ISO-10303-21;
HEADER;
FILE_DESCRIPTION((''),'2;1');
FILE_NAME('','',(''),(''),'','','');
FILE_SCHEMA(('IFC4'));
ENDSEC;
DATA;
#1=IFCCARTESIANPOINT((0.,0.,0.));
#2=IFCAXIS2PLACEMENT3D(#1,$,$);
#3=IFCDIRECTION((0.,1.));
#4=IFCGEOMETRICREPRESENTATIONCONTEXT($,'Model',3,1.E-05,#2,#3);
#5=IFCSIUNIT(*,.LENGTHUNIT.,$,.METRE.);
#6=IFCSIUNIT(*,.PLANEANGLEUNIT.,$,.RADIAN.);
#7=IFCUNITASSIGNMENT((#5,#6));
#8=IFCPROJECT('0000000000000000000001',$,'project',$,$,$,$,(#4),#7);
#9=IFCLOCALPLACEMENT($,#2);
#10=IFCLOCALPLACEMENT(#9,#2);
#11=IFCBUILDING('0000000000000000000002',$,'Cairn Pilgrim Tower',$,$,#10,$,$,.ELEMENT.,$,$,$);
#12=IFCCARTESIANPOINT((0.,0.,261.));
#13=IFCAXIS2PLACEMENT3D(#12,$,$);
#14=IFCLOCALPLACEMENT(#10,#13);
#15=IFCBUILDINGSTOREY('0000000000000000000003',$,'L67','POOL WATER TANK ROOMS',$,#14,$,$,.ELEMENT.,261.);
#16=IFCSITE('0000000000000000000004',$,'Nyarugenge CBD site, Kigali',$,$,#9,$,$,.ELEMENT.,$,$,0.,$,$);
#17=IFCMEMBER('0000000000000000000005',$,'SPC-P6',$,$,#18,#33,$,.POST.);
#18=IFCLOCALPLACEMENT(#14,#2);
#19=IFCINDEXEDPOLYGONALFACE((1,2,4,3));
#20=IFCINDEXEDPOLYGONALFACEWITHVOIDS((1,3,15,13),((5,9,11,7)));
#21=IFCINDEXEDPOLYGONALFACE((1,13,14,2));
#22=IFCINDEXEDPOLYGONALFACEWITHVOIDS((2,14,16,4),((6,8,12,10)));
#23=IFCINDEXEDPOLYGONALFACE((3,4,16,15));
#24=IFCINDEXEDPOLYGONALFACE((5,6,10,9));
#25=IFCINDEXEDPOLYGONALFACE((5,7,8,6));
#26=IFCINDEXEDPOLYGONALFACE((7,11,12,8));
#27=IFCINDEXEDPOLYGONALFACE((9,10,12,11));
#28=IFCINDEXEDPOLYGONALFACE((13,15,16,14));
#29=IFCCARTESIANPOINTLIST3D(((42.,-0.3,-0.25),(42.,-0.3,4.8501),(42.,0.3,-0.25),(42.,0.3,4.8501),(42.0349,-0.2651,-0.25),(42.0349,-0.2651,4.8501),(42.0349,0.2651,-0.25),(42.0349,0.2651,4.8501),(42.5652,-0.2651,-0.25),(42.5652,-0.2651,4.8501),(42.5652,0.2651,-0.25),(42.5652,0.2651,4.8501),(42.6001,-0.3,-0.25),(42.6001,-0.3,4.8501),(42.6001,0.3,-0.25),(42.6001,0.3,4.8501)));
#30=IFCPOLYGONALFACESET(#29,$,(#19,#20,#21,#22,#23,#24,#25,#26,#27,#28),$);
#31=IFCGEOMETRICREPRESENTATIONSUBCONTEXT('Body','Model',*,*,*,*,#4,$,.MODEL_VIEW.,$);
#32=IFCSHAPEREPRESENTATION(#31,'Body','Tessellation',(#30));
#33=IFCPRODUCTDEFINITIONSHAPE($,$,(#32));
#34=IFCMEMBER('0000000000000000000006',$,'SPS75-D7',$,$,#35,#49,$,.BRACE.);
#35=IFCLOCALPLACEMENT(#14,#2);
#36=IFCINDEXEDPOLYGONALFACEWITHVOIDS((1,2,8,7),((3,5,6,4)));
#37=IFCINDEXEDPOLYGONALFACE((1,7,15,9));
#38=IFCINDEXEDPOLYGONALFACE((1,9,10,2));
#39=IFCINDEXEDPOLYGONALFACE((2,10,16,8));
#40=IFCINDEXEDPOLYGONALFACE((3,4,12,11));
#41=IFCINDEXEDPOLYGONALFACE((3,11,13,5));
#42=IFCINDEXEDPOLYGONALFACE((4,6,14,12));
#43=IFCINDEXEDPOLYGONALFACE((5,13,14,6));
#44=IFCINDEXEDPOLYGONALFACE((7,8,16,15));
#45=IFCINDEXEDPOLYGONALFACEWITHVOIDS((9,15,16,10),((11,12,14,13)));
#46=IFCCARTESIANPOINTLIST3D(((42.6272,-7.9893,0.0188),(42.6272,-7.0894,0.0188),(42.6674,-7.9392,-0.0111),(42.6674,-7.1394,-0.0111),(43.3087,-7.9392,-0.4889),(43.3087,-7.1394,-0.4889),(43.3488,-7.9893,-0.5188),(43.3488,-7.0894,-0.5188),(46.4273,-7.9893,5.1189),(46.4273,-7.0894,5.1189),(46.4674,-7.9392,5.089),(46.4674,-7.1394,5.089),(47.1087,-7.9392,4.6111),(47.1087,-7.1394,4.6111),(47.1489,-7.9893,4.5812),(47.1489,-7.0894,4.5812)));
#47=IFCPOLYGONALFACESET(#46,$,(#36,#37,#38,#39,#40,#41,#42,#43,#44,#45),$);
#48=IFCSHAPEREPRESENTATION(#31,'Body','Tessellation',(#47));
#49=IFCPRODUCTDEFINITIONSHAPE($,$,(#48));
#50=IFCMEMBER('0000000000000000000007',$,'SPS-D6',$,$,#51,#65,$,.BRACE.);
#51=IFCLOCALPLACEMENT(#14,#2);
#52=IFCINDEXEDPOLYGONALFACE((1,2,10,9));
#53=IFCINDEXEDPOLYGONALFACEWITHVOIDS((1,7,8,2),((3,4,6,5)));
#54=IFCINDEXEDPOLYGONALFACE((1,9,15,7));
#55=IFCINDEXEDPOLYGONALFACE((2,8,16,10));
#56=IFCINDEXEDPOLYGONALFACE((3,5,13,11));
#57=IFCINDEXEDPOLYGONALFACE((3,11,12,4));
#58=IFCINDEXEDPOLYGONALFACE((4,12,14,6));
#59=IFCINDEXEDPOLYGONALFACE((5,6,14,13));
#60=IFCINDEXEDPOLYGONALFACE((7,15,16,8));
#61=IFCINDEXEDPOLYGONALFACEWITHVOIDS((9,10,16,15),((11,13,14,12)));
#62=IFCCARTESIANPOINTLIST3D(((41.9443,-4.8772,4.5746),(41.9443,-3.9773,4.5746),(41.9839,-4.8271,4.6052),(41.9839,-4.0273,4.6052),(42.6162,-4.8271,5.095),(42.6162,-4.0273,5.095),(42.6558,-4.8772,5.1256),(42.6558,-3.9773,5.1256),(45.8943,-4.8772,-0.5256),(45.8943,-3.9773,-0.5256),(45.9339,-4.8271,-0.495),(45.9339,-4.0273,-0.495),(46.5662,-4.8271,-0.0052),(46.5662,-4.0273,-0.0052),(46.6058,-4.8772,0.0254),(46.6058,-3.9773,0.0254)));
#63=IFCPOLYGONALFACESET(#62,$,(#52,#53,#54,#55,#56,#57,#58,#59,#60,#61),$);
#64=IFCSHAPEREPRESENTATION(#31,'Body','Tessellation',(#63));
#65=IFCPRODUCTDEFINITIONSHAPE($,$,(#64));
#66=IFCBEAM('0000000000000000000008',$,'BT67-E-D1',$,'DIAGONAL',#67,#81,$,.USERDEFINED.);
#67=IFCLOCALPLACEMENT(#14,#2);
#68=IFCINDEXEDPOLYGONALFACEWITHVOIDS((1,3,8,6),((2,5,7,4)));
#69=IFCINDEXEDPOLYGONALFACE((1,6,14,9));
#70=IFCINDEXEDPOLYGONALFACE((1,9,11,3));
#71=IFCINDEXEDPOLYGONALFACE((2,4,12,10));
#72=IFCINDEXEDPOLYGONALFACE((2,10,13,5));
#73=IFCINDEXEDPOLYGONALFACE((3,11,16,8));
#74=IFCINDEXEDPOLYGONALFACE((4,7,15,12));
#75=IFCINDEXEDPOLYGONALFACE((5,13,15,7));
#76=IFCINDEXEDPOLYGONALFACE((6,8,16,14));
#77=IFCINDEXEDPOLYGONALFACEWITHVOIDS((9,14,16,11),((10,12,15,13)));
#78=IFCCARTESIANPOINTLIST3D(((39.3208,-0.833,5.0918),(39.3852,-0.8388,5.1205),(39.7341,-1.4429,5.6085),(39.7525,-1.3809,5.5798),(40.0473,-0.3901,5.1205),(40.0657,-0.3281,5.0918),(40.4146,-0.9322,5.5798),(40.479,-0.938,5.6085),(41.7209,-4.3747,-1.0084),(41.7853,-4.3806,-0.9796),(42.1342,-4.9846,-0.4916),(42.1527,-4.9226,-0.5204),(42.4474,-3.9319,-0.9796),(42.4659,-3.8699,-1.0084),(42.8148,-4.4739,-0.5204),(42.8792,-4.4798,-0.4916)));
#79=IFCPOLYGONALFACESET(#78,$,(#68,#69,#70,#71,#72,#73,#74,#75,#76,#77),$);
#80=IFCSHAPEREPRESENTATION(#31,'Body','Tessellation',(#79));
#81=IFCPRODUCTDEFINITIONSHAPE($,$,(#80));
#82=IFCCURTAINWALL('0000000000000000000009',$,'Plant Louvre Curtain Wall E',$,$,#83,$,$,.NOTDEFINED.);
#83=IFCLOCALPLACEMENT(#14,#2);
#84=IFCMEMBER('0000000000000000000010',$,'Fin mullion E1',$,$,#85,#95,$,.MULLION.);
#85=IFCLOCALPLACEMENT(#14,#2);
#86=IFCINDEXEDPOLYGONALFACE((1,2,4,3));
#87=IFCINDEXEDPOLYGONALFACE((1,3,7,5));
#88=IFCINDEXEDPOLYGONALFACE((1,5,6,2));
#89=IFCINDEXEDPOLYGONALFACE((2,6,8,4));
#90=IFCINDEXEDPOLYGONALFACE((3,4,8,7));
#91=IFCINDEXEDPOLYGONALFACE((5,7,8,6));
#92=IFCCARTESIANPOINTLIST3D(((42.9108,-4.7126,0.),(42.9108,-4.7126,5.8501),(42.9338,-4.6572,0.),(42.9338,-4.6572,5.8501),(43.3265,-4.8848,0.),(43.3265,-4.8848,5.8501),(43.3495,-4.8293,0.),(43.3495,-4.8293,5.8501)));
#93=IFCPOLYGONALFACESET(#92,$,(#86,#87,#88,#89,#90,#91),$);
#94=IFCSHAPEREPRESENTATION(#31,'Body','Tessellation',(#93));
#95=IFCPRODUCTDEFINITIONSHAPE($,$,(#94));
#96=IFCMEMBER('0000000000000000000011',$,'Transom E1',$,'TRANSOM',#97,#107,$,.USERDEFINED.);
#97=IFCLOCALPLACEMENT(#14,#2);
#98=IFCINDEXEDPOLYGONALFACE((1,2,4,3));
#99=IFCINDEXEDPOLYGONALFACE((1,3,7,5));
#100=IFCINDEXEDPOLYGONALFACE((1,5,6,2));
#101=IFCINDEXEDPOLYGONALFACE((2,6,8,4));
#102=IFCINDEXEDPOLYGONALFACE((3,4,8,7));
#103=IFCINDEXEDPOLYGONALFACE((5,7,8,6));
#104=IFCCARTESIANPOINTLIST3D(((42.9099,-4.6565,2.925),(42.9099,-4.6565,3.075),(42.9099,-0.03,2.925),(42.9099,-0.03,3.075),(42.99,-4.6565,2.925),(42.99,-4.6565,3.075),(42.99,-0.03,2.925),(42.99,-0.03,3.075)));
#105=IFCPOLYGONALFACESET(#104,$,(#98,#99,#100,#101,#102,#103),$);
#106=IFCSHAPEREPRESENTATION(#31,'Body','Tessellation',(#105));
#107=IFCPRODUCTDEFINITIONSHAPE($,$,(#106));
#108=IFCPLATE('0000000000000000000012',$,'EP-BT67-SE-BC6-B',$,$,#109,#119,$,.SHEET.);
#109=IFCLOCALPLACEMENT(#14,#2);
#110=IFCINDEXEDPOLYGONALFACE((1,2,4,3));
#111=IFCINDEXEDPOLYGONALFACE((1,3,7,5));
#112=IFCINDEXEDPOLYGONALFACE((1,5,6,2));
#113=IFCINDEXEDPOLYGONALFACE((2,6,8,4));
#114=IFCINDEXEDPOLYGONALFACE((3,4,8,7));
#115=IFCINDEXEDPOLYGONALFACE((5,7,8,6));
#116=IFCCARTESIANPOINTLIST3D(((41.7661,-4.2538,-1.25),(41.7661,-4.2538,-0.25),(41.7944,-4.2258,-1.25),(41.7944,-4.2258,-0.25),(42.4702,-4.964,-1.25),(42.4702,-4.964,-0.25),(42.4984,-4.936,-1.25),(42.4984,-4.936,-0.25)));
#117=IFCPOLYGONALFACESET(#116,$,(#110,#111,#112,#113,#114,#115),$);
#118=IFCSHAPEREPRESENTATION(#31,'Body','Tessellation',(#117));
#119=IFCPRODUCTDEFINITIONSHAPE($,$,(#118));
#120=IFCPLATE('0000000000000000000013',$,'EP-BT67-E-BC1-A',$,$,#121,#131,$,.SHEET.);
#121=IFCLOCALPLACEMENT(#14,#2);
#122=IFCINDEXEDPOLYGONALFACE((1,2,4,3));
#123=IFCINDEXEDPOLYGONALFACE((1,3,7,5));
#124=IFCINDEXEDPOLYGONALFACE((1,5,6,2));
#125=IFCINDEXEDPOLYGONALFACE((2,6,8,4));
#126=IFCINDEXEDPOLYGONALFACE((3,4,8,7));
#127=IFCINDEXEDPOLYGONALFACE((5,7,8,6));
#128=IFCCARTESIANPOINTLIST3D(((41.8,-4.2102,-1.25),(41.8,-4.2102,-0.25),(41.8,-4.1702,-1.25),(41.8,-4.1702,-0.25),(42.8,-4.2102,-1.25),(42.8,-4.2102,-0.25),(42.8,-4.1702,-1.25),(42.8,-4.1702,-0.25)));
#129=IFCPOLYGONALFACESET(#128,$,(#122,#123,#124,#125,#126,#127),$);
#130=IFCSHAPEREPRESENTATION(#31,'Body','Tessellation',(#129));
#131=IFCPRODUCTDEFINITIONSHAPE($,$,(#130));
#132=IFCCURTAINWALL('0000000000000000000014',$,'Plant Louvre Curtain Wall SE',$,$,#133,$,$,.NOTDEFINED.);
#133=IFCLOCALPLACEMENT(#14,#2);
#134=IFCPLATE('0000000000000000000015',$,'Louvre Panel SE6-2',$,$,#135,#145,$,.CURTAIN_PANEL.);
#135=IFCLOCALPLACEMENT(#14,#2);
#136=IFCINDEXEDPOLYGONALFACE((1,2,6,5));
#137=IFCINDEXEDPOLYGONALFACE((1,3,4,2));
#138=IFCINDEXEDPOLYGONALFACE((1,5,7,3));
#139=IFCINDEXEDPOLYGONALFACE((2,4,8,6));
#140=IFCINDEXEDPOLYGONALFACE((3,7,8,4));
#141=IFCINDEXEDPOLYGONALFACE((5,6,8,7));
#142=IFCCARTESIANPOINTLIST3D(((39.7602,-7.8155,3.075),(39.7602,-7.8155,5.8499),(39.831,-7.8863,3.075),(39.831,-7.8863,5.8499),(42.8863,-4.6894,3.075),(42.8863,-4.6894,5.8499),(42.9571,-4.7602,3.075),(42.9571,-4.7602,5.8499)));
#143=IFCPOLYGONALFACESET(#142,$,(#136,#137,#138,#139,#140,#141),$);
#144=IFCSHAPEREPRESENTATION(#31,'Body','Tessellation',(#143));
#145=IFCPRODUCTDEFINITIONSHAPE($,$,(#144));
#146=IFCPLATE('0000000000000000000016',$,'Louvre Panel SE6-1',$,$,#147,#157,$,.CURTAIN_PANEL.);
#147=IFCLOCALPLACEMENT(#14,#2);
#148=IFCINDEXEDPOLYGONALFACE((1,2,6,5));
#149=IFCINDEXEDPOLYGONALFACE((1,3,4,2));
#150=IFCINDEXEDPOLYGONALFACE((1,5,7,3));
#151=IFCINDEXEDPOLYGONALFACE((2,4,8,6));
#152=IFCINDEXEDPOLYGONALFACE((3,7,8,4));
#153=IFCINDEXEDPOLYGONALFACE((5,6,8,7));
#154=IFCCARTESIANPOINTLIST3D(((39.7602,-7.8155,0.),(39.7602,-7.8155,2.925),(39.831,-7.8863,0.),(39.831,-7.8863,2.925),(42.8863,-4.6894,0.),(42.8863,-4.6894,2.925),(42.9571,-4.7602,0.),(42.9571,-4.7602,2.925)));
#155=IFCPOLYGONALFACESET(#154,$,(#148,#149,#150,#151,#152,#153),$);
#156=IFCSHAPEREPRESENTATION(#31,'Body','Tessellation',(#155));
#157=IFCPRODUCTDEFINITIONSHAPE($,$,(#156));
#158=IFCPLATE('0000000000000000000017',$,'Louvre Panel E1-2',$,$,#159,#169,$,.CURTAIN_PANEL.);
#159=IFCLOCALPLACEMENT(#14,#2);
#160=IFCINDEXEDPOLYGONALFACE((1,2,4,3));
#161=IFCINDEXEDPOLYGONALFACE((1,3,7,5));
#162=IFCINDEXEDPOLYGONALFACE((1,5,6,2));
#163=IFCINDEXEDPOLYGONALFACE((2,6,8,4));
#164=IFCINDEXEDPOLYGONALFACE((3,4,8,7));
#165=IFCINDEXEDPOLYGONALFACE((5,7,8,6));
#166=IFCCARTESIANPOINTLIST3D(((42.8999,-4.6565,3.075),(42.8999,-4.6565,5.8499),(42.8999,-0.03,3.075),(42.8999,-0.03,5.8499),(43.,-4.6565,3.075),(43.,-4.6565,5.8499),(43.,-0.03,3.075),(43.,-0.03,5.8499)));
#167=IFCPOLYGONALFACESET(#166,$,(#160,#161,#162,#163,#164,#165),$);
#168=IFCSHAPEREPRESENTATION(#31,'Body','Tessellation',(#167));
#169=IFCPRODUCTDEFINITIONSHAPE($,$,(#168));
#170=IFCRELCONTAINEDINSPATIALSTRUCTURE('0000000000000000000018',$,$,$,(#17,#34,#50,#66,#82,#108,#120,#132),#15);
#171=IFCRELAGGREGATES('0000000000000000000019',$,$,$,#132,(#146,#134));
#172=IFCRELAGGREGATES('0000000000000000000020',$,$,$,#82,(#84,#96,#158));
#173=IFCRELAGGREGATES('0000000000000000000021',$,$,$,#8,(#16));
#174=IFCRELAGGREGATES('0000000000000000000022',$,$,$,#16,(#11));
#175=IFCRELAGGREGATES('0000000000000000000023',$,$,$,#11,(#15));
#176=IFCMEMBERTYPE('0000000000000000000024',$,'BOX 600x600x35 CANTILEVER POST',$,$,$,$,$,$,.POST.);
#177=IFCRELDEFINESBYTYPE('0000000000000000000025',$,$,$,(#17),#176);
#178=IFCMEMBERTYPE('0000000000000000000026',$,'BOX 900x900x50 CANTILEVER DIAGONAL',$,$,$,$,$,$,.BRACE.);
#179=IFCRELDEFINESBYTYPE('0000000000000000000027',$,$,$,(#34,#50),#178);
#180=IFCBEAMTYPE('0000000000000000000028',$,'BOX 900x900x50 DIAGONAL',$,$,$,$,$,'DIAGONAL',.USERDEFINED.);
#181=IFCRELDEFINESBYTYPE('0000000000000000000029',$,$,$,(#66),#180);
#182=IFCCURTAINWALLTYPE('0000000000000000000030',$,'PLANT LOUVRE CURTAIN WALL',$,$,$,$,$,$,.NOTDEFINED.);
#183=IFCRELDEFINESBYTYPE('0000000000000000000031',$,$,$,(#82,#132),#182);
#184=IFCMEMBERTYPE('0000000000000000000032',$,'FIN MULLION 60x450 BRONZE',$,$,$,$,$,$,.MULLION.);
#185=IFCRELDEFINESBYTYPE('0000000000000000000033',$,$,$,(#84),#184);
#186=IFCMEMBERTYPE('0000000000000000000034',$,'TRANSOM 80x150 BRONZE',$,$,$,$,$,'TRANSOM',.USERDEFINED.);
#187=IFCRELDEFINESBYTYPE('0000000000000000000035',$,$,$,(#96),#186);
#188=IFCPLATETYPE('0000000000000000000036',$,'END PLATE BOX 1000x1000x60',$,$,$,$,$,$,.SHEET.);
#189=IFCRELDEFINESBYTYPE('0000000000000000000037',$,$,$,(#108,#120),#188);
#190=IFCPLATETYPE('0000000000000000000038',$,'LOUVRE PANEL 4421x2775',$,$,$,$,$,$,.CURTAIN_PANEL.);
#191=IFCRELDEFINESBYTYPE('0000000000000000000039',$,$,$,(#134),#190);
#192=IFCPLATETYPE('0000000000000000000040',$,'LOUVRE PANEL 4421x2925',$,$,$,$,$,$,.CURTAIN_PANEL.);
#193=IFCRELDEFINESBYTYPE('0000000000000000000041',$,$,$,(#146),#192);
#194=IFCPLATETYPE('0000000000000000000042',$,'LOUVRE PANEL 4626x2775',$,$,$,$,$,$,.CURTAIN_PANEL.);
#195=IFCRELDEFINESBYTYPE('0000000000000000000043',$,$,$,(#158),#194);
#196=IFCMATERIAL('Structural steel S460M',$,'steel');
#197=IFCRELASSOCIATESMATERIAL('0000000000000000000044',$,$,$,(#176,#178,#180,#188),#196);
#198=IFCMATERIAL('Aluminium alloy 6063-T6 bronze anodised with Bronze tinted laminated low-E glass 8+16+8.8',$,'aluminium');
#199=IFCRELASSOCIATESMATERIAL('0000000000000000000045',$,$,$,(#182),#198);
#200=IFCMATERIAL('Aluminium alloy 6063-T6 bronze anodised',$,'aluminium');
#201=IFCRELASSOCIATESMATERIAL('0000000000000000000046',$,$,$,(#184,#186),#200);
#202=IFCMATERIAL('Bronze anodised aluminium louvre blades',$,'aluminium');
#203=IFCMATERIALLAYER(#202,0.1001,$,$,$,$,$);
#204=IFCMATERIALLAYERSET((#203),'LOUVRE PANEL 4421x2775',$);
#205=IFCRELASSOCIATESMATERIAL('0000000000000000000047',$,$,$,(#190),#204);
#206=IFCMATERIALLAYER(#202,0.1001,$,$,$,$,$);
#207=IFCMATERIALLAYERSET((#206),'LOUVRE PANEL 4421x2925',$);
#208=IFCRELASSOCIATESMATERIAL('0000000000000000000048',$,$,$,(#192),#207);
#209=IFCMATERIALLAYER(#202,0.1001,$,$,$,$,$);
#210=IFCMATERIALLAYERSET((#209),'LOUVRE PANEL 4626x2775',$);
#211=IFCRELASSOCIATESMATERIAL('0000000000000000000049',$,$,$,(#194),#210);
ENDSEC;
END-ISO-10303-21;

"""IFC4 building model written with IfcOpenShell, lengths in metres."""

from ifc_helpers import new_model, si_unit, direction, frame, origin, origin_2d, place, context, subcontext, project, spatial, rectangle, hollow_rectangle, extrude, material, layer, layer_set, material_profile, profile_set, type_object, element, aggregate, save


model = new_model("IFC4")

# Units and contexts
model_context = context("Model", 3, precision=1e-05, world=origin(), true_north=direction((0.0, 1.0)))
body_context = subcontext(model_context, "Body", "Model", "MODEL_VIEW")
ifc_project = project(units=[si_unit("LENGTHUNIT", "METRE"), si_unit("PLANEANGLEUNIT", "RADIAN")], contexts=[model_context])

# Site, building, storey
site_placement = place(None, origin())
site = spatial("IfcSite", under=ifc_project, at=site_placement, Name="Nyarugenge CBD site, Kigali", CompositionType="ELEMENT", RefElevation=0.0)
building_placement = place(site_placement, origin())
building = spatial("IfcBuilding", under=site, at=building_placement, Name="Cairn Pilgrim Tower", CompositionType="ELEMENT")
storey_placement = place(building_placement, frame((0.0, 0.0, 261.0)))
storey = spatial("IfcBuildingStorey", under=building, at=storey_placement, Name="L67", Description="POOL WATER TANK ROOMS", CompositionType="ELEMENT", Elevation=261.0)

# Shared definitions
ifc_material_1 = material(Name="Structural steel S460M", Category="steel")

# Members
ifc_material_profile_1 = material_profile(ifc_material_1, hollow_rectangle(XDim=0.6001, YDim=0.6001, WallThickness=0.0349, at=origin_2d()), Name="BOX 600x600x35")
ifc_profile_set_1 = profile_set([ifc_material_profile_1], Name="Structural steel S460M")
member_type_1 = type_object("IfcMemberType", Name="BOX 600x600x35 CANTILEVER POST", PredefinedType="POST", material=ifc_profile_set_1)
for number, where, z_axis, x_axis, name in (
    (1, (42.3, 0.0, -0.25), (0.0, 0.0, 1.0), (1.0, 0.0, 0.0), "SPC-P6"),
):
    element("IfcMember", number, at=place(storey_placement, frame(where, z_axis=z_axis, x_axis=x_axis)), inside=storey, type_object=member_type_1, Name=name, PredefinedType="POST", context=body_context, shape_type="SweptSolid", body=[
        extrude(hollow_rectangle(XDim=0.6001, YDim=0.6001, WallThickness=0.0349, at=origin_2d()), origin(), (0.0, 0.0, 1.0), 5.1001),
    ])
ifc_material_profile_2 = material_profile(ifc_material_1, hollow_rectangle(XDim=0.8999, YDim=0.8999, WallThickness=0.05, at=origin_2d()), Name="BOX 900x900x50")
ifc_profile_set_2 = profile_set([ifc_material_profile_2], Name="Structural steel S460M")
member_type_2 = type_object("IfcMemberType", Name="BOX 900x900x50 CANTILEVER DIAGONAL", PredefinedType="BRACE", material=ifc_profile_set_2)
member_1_placement = place(storey_placement, frame((42.988, -7.5393, -0.25), z_axis=(0.597479, 0.0, 0.801885), x_axis=(0.0, 1.0, 0.0)))
element("IfcMember", 2, at=member_1_placement, inside=storey, type_object=member_type_2, Name="SPS75-D7", PredefinedType="BRACE", context=body_context, shape_type="SweptSolid", body=[
    extrude(hollow_rectangle(XDim=0.8999, YDim=0.8999, WallThickness=0.05, at=origin_2d()), origin(), (0.0, 0.0, 1.0), 6.3601),
])
member_2_placement = place(storey_placement, frame((42.3, -4.4272, 4.8501), z_axis=(0.612317, 0.0, -0.790612), x_axis=(0.0, 1.0, 0.0)))
element("IfcMember", 3, at=member_2_placement, inside=storey, type_object=member_type_2, Name="SPS-D6", PredefinedType="BRACE", context=body_context, shape_type="SweptSolid", body=[
    extrude(hollow_rectangle(XDim=0.8999, YDim=0.8999, WallThickness=0.05, at=origin_2d()), origin(), (0.0, 0.0, 1.0), 6.4509),
])

# Beam
ifc_material_profile_3 = material_profile(ifc_material_1, hollow_rectangle(XDim=0.8999, YDim=0.8999, WallThickness=0.05, at=origin_2d()), Name="BOX 900x900x50")
ifc_profile_set_3 = profile_set([ifc_material_profile_3], Name="Structural steel S460M")
beam_type_1 = type_object("IfcBeamType", Name="BOX 900x900x50 DIAGONAL", ElementType="DIAGONAL", PredefinedType="USERDEFINED", material=ifc_profile_set_3)
beam_1_placement = place(storey_placement, frame((42.3, -4.4272, -0.75), z_axis=(-0.322129, 0.475345, 0.818706), x_axis=(-0.827821, -0.560992, 0.0)))
element("IfcBeam", 4, at=beam_1_placement, inside=storey, type_object=beam_type_1, Name="BT67-E-D1", ObjectType="DIAGONAL", PredefinedType="USERDEFINED", context=body_context, shape_type="SweptSolid", body=[
    extrude(hollow_rectangle(XDim=0.8999, YDim=0.8999, WallThickness=0.05, at=origin_2d()), origin(), (0.0, 0.0, 1.0), 7.4509),
])

# Curtain wall, members
ifc_material_2 = material(Name="Aluminium alloy 6063-T6 bronze anodised with Bronze tinted laminated low-E glass 8+16+8.8", Category="aluminium")
curtain_wall_type = type_object("IfcCurtainWallType", Name="PLANT LOUVRE CURTAIN WALL", PredefinedType="NOTDEFINED", material=ifc_material_2)
curtain_wall_1_placement = place(storey_placement, origin())
curtain_wall_1 = element("IfcCurtainWall", 5, at=curtain_wall_1_placement, inside=storey, type_object=curtain_wall_type, Name="Plant Louvre Curtain Wall E", PredefinedType="NOTDEFINED")
ifc_material_3 = material(Name="Aluminium alloy 6063-T6 bronze anodised", Category="aluminium")
ifc_material_profile_4 = material_profile(ifc_material_3, rectangle(XDim=0.45, YDim=0.0601, at=origin_2d()), Name="FIN MULLION 60x450 BRONZE")
ifc_profile_set_4 = profile_set([ifc_material_profile_4], Name="Aluminium alloy 6063-T6 bronze anodised")
member_type_3 = type_object("IfcMemberType", Name="FIN MULLION 60x450 BRONZE", PredefinedType="MULLION", material=ifc_profile_set_4)
member_3_placement = place(storey_placement, frame((43.1301, -4.771, 0.0), z_axis=(0.0, 0.0, 1.0), x_axis=(0.92388, -0.382683, 0.0)))
member_3 = element("IfcMember", 6, at=member_3_placement, type_object=member_type_3, Name="Fin mullion E1", PredefinedType="MULLION", context=body_context, shape_type="SweptSolid", body=[
    extrude(rectangle(XDim=0.45, YDim=0.0601, at=origin_2d()), origin(), (0.0, 0.0, 1.0), 5.8501),
])
ifc_material_profile_5 = material_profile(ifc_material_3, rectangle(XDim=0.0801, YDim=0.1499, at=origin_2d()), Name="TRANSOM 80x150 BRONZE")
ifc_profile_set_5 = profile_set([ifc_material_profile_5], Name="Aluminium alloy 6063-T6 bronze anodised")
member_type_4 = type_object("IfcMemberType", Name="TRANSOM 80x150 BRONZE", ElementType="TRANSOM", PredefinedType="USERDEFINED", material=ifc_profile_set_5)
member_4_placement = place(storey_placement, frame((42.95, -4.6565, 3.0), z_axis=(0.0, 1.0, 0.0), x_axis=(-1.0, 0.0, 0.0)))
member_4 = element("IfcMember", 7, at=member_4_placement, type_object=member_type_4, Name="Transom E1", ObjectType="TRANSOM", PredefinedType="USERDEFINED", context=body_context, shape_type="SweptSolid", body=[
    extrude(rectangle(XDim=0.0801, YDim=0.1499, at=origin_2d()), origin(), (0.0, 0.0, 1.0), 4.6265),
])

# Plates
ifc_material_profile_6 = material_profile(ifc_material_1, rectangle(XDim=1.0, YDim=1.0, at=origin_2d()), Name="END PLATE BOX 1000x1000x60")
ifc_profile_set_6 = profile_set([ifc_material_profile_6], Name="Structural steel S460M")
plate_type_1 = type_object("IfcPlateType", Name="END PLATE BOX 1000x1000x60", PredefinedType="SHEET", material=ifc_profile_set_6)
plate_1_placement = place(storey_placement, frame((42.1182, -4.6089, -0.75), z_axis=(0.710161, 0.704039, 0.0), x_axis=(-0.704039, 0.710161, 0.0)))
element("IfcPlate", 8, at=plate_1_placement, inside=storey, type_object=plate_type_1, Name="EP-BT67-SE-BC6-B", PredefinedType="SHEET", context=body_context, shape_type="SweptSolid", body=[
    extrude(rectangle(XDim=1.0, YDim=1.0, at=origin_2d()), origin(), (0.0, 0.0, 1.0), 0.0398),
])
plate_2_placement = place(storey_placement, frame((42.3, -4.1702, -0.75), z_axis=(0.0, -1.0, 0.0), x_axis=(1.0, 0.0, 0.0)))
element("IfcPlate", 9, at=plate_2_placement, inside=storey, type_object=plate_type_1, Name="EP-BT67-E-BC1-A", PredefinedType="SHEET", context=body_context, shape_type="SweptSolid", body=[
    extrude(rectangle(XDim=1.0, YDim=1.0, at=origin_2d()), origin(), (0.0, 0.0, 1.0), 0.04),
])

# Curtain wall, plates
curtain_wall_2_placement = place(storey_placement, origin())
curtain_wall_2 = element("IfcCurtainWall", 10, at=curtain_wall_2_placement, inside=storey, type_object=curtain_wall_type, Name="Plant Louvre Curtain Wall SE", PredefinedType="NOTDEFINED")
ifc_material_4 = material(Name="Bronze anodised aluminium louvre blades", Category="aluminium")
ifc_layer_1 = layer(ifc_material_4, 0.1001)
ifc_layer_set_1 = layer_set([ifc_layer_1], Name="LOUVRE PANEL 4421x2775")
plate_type_2 = type_object("IfcPlateType", Name="LOUVRE PANEL 4421x2775", PredefinedType="CURTAIN_PANEL", material=ifc_layer_set_1)
plate_3_placement = place(storey_placement, frame((41.3586, -6.2878, 3.075), z_axis=(0.0, 0.0, 1.0), x_axis=(0.707107, 0.707107, 0.0)))
plate_3 = element("IfcPlate", 11, at=plate_3_placement, type_object=plate_type_2, Name="Louvre Panel SE6-2", PredefinedType="CURTAIN_PANEL", context=body_context, shape_type="SweptSolid", body=[
    extrude(rectangle(XDim=4.4209, YDim=0.1001, at=origin_2d()), origin(), (0.0, 0.0, 1.0), 2.7749),
])
ifc_layer_2 = layer(ifc_material_4, 0.1001)
ifc_layer_set_2 = layer_set([ifc_layer_2], Name="LOUVRE PANEL 4421x2925")
plate_type_3 = type_object("IfcPlateType", Name="LOUVRE PANEL 4421x2925", PredefinedType="CURTAIN_PANEL", material=ifc_layer_set_2)
plate_4_placement = place(storey_placement, frame((41.3586, -6.2878, 0.0), z_axis=(0.0, 0.0, 1.0), x_axis=(0.707107, 0.707107, 0.0)))
plate_4 = element("IfcPlate", 12, at=plate_4_placement, type_object=plate_type_3, Name="Louvre Panel SE6-1", PredefinedType="CURTAIN_PANEL", context=body_context, shape_type="SweptSolid", body=[
    extrude(rectangle(XDim=4.4209, YDim=0.1001, at=origin_2d()), origin(), (0.0, 0.0, 1.0), 2.925),
])
aggregate(curtain_wall_2, [plate_4, plate_3])

# Plate
ifc_layer_3 = layer(ifc_material_4, 0.1001)
ifc_layer_set_3 = layer_set([ifc_layer_3], Name="LOUVRE PANEL 4626x2775")
plate_type_4 = type_object("IfcPlateType", Name="LOUVRE PANEL 4626x2775", PredefinedType="CURTAIN_PANEL", material=ifc_layer_set_3)
plate_5_placement = place(storey_placement, frame((42.95, -2.3433, 3.075), z_axis=(0.0, 0.0, 1.0), x_axis=(0.0, 1.0, 0.0)))
plate_5 = element("IfcPlate", 13, at=plate_5_placement, type_object=plate_type_4, Name="Louvre Panel E1-2", PredefinedType="CURTAIN_PANEL", context=body_context, shape_type="SweptSolid", body=[
    extrude(rectangle(XDim=4.6265, YDim=0.1001, at=origin_2d()), origin(), (0.0, 0.0, 1.0), 2.7749),
])
aggregate(curtain_wall_1, [member_3, member_4, plate_5])

save(model, "model.ifc")
